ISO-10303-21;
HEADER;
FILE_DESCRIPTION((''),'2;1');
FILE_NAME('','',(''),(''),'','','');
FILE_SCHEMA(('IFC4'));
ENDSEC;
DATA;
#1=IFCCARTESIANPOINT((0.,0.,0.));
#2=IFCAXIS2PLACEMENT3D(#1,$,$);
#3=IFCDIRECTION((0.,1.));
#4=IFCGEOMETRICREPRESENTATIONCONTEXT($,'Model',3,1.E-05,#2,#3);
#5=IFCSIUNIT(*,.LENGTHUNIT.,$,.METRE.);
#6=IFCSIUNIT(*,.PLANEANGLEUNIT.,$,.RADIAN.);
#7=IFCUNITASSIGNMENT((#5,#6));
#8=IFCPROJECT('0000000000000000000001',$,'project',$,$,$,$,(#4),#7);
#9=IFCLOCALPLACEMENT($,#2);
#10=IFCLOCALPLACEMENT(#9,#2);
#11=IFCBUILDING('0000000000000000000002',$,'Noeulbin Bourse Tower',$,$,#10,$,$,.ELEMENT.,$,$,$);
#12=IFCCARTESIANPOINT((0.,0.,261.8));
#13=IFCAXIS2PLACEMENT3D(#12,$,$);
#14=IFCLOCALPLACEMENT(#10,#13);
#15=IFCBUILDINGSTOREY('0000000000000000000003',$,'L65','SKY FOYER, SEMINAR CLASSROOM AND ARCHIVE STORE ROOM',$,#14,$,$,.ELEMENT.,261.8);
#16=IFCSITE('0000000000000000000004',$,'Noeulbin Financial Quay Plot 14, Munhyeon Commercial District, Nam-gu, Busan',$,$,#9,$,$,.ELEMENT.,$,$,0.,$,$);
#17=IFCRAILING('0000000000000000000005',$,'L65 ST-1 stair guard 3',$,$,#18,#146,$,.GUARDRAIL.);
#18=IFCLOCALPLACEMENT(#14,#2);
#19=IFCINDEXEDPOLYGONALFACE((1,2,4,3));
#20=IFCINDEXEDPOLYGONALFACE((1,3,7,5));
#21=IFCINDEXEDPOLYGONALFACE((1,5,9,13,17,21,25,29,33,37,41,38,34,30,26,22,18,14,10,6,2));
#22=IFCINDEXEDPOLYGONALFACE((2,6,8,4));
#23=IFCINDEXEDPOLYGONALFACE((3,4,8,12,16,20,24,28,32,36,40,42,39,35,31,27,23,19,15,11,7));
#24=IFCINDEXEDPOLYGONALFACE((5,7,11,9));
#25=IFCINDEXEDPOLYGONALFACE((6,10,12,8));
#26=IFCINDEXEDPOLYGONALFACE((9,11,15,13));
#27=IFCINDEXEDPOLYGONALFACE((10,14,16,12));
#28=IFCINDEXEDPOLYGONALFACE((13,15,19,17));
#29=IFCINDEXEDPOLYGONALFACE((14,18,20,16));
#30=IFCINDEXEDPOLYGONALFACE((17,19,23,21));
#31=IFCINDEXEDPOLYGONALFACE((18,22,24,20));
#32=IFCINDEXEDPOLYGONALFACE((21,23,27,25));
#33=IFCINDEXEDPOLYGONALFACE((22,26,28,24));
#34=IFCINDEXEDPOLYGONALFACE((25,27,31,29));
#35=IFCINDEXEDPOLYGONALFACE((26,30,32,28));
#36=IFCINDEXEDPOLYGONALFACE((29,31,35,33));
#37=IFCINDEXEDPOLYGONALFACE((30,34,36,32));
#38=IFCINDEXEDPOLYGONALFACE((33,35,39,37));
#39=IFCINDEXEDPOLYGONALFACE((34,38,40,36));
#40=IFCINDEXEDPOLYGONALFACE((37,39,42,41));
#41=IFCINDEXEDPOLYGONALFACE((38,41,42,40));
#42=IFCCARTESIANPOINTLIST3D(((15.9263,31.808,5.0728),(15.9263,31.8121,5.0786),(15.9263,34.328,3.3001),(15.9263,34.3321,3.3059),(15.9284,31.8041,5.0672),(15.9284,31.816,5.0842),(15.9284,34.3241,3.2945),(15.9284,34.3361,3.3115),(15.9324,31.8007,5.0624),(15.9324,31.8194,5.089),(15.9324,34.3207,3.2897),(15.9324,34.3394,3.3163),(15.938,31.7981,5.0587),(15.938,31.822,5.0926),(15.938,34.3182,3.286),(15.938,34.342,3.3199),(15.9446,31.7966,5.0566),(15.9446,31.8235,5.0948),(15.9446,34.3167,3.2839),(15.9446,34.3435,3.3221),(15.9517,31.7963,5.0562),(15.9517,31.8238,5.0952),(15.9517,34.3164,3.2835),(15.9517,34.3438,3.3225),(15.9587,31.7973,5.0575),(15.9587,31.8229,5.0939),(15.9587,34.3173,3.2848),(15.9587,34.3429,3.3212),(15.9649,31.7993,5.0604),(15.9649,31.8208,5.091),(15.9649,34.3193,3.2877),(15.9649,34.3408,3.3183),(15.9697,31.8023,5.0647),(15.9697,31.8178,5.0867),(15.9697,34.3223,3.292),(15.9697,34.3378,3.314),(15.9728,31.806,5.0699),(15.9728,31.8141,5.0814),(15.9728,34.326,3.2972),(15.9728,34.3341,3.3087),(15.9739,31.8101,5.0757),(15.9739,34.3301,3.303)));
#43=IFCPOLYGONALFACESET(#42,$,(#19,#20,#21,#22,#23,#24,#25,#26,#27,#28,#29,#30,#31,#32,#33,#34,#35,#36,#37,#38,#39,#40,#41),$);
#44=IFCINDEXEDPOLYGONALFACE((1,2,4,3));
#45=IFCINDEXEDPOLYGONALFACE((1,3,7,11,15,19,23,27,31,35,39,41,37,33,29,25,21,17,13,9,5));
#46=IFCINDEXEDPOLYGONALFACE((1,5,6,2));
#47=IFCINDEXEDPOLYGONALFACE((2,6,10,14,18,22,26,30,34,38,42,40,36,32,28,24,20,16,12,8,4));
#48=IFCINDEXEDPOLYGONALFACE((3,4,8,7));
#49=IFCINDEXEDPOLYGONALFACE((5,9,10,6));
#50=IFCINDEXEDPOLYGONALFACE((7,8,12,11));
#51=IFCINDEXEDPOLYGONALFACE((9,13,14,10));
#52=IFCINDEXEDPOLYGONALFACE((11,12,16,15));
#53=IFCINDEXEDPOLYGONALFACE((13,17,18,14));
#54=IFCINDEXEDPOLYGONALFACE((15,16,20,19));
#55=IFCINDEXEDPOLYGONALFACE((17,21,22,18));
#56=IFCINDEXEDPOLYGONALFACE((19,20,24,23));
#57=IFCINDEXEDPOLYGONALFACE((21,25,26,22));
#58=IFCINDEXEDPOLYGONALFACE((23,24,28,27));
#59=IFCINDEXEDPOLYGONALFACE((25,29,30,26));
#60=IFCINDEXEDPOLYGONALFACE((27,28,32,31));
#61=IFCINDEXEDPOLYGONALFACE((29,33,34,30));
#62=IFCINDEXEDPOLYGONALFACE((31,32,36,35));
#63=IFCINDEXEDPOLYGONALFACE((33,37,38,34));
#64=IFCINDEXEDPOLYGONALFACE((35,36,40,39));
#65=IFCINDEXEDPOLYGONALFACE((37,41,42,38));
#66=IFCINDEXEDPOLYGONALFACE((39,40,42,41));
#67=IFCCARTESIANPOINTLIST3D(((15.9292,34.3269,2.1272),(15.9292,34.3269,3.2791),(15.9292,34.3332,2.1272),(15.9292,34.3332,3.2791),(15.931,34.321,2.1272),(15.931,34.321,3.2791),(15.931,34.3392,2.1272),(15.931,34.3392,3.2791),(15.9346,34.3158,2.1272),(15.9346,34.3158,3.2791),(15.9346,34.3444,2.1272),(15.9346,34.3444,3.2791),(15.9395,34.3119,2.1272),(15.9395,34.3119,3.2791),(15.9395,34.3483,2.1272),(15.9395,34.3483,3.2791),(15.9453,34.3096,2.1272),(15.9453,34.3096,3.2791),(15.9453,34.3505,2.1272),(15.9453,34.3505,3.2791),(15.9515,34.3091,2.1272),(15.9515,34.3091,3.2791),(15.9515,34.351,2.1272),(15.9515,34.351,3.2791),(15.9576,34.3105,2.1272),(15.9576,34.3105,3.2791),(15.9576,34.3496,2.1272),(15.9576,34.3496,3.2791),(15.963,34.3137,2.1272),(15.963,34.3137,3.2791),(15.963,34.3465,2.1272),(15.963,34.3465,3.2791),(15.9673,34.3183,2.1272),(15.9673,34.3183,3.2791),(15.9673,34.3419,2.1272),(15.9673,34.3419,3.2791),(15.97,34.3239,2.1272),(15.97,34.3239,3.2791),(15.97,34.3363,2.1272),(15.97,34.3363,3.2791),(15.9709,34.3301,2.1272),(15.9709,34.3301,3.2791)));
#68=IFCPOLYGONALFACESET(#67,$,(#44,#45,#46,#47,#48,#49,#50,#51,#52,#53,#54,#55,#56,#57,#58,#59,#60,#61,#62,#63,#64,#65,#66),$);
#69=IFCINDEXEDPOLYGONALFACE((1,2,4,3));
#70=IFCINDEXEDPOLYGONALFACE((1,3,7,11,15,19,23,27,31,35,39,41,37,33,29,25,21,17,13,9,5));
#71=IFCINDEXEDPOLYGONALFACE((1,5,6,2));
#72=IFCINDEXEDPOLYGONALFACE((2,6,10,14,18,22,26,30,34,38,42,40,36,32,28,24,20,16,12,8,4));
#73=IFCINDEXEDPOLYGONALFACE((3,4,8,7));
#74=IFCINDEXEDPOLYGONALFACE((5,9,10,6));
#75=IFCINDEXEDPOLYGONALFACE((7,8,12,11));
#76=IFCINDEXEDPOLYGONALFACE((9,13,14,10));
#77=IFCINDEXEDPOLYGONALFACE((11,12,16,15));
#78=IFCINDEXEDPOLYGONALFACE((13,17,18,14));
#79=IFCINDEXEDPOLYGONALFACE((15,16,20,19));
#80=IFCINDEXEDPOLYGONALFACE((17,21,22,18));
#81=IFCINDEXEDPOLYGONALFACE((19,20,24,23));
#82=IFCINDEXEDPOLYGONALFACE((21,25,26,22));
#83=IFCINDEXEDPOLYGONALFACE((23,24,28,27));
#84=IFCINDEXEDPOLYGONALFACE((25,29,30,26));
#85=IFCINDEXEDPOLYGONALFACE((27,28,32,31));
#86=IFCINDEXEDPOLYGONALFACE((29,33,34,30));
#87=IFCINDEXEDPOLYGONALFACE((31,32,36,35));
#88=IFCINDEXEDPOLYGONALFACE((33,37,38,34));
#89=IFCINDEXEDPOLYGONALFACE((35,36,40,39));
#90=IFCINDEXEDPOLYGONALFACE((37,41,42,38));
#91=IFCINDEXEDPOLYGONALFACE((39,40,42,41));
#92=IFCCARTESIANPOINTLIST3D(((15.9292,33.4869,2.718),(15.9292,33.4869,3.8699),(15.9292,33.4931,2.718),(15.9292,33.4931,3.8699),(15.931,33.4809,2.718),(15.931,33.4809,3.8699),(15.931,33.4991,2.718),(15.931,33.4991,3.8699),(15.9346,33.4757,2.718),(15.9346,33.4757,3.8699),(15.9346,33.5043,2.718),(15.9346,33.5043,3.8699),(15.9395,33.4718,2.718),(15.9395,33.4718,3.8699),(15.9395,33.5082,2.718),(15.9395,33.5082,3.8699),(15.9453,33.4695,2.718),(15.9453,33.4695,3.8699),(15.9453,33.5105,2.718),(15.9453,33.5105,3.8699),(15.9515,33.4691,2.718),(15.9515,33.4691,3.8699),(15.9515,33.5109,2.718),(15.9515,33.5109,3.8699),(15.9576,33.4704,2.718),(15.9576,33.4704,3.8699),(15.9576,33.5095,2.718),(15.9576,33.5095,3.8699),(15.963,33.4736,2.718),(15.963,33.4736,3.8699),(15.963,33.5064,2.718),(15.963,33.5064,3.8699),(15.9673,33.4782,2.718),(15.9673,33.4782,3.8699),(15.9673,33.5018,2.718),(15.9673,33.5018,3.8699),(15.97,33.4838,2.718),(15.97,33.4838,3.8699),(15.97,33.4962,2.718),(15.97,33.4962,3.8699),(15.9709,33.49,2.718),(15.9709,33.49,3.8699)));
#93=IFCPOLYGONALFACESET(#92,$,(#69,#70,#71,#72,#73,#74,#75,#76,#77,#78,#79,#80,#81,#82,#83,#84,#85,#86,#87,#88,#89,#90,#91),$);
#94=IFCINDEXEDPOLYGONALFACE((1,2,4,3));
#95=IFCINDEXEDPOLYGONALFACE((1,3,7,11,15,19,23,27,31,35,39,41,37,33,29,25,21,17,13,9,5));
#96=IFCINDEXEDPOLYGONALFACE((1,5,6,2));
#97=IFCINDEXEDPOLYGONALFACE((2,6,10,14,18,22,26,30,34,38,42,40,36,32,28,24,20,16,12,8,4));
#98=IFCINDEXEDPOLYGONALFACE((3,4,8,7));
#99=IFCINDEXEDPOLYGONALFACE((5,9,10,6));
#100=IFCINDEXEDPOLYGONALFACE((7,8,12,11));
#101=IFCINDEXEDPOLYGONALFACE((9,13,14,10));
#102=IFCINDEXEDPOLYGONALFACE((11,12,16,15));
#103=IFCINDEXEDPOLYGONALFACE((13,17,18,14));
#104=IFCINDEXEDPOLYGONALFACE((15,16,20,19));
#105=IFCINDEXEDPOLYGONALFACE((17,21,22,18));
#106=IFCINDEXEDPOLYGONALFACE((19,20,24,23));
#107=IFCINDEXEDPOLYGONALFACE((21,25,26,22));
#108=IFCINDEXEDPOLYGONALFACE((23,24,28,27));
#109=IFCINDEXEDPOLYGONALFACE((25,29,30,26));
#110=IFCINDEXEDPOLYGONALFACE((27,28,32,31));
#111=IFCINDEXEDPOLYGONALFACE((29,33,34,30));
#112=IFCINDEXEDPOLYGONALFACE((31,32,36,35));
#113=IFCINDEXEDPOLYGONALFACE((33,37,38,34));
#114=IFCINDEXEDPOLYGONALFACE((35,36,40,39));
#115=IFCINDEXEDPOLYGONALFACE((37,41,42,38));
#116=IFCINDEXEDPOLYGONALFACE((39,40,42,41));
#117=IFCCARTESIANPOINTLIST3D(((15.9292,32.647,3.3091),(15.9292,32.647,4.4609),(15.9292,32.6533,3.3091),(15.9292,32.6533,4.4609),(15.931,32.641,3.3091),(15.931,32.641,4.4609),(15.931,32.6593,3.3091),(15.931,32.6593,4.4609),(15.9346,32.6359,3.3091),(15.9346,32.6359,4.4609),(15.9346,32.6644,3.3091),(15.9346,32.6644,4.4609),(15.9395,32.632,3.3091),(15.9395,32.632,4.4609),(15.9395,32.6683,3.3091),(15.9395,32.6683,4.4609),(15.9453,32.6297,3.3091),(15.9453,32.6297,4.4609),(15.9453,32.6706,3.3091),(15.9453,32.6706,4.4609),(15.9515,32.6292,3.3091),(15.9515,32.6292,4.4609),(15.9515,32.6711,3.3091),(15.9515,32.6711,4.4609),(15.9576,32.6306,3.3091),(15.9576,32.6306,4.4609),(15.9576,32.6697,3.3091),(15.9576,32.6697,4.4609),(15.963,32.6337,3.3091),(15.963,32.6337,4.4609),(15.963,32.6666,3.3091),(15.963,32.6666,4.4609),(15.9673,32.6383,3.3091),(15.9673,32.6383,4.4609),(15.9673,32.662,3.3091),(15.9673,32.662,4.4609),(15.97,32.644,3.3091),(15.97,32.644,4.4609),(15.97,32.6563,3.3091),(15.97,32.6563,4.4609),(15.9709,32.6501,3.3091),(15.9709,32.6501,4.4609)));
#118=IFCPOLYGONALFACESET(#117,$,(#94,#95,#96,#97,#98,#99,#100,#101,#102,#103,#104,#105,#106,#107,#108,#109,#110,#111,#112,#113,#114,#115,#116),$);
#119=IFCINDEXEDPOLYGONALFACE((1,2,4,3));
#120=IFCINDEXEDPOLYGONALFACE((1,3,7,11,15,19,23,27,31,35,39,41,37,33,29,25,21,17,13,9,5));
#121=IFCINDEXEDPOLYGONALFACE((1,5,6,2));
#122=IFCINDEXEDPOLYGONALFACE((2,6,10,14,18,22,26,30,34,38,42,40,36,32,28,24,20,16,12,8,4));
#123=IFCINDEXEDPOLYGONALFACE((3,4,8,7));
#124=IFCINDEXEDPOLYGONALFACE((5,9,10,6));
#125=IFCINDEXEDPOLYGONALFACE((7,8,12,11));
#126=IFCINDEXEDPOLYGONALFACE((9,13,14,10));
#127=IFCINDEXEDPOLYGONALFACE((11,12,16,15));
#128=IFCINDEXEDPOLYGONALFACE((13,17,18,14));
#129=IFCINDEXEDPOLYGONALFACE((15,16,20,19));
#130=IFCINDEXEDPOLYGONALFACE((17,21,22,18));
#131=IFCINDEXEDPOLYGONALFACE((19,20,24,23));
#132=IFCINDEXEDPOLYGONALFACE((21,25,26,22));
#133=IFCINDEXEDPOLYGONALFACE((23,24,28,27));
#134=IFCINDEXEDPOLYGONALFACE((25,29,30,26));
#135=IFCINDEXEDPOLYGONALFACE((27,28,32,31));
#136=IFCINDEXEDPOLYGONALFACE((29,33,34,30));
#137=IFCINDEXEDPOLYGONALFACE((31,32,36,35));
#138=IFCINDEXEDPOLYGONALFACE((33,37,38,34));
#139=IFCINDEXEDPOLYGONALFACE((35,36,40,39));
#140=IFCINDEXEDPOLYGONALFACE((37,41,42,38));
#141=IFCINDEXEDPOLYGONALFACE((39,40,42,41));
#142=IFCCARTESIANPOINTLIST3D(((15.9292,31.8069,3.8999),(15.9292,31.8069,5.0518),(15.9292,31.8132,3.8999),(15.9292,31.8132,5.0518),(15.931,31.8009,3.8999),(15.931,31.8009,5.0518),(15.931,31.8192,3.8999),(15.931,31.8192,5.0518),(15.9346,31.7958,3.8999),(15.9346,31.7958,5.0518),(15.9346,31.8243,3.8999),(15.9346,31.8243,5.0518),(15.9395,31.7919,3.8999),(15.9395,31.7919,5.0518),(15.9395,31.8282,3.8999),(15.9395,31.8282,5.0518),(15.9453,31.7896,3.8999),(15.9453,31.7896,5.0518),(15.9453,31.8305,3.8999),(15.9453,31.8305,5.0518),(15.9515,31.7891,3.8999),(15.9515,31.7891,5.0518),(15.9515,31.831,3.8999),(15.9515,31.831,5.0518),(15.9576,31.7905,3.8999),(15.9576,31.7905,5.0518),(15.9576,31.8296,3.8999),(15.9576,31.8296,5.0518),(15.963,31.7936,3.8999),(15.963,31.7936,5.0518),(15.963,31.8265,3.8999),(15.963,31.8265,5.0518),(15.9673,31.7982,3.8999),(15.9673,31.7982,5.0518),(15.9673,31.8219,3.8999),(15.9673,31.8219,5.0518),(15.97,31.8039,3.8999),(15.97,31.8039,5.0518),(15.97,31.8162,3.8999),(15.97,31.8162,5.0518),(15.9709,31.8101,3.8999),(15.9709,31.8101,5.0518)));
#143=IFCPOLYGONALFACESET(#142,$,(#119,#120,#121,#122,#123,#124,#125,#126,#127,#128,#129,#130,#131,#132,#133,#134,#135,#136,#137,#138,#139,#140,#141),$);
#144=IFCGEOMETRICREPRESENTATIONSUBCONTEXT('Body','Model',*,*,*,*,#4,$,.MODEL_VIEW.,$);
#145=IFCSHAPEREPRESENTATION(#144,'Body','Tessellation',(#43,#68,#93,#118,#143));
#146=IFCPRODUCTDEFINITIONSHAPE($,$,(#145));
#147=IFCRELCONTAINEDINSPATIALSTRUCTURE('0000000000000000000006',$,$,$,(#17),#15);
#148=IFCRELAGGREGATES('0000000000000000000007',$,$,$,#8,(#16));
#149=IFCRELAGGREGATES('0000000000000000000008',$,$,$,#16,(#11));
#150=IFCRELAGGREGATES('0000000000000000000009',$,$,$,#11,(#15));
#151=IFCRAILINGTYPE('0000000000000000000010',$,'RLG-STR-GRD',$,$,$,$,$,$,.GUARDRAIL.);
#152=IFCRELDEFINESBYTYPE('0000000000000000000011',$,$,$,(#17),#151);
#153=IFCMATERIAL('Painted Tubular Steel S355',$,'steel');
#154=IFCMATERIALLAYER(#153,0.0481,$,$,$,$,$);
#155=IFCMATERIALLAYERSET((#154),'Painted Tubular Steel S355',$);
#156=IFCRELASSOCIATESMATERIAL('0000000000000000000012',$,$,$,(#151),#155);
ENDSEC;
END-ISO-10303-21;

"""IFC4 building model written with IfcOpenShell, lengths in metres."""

from ifc_helpers import new_model, si_unit, direction, frame, origin, origin_2d, place, context, subcontext, project, spatial, circle, extrude, material, layer, layer_set, type_object, element, save


model = new_model("IFC4")

# Units and contexts
model_context = context("Model", 3, precision=1e-05, world=origin(), true_north=direction((0.0, 1.0)))
body_context = subcontext(model_context, "Body", "Model", "MODEL_VIEW")
ifc_project = project(units=[si_unit("LENGTHUNIT", "METRE"), si_unit("PLANEANGLEUNIT", "RADIAN")], contexts=[model_context])

# Site, building, storey
site_placement = place(None, origin())
site = spatial("IfcSite", under=ifc_project, at=site_placement, Name="Noeulbin Financial Quay Plot 14, Munhyeon Commercial District, Nam-gu, Busan", CompositionType="ELEMENT", RefElevation=0.0)
building_placement = place(site_placement, origin())
building = spatial("IfcBuilding", under=site, at=building_placement, Name="Noeulbin Bourse Tower", CompositionType="ELEMENT")
storey_placement = place(building_placement, frame((0.0, 0.0, 261.8)))
storey = spatial("IfcBuildingStorey", under=building, at=storey_placement, Name="L65", Description="SKY FOYER, SEMINAR CLASSROOM AND ARCHIVE STORE ROOM", CompositionType="ELEMENT", Elevation=261.8)

# Railing
ifc_material_1 = material(Name="Painted Tubular Steel S355", Category="steel")
ifc_layer_1 = layer(ifc_material_1, 0.0481)
ifc_layer_set_1 = layer_set([ifc_layer_1], Name="Painted Tubular Steel S355")
railing_type_1 = type_object("IfcRailingType", Name="RLG-STR-GRD", PredefinedType="GUARDRAIL", material=ifc_layer_set_1)
railing_1_placement = place(storey_placement, frame((15.95, 34.3301, 2.1272)))
element("IfcRailing", 1, at=railing_1_placement, inside=storey, type_object=railing_type_1, Name="L65 ST-1 stair guard 3", PredefinedType="GUARDRAIL", context=body_context, shape_type="SweptSolid", body=[
    extrude(circle(Radius=0.0239, at=origin_2d()), frame((0.0, 0.0, 1.1758), z_axis=(0.0, -0.817904, 0.575354), x_axis=(1.0, 0.0, 0.0)), (0.0, 0.0, 1.0), 3.0811),
    extrude(circle(Radius=0.021, at=origin_2d()), origin(), (0.0, 0.0, 1.0), 1.1519),
    extrude(circle(Radius=0.021, at=origin_2d()), frame((0.0, -0.8401, 0.5908)), (0.0, 0.0, 1.0), 1.1519),
    extrude(circle(Radius=0.021, at=origin_2d()), frame((0.0, -1.6799, 1.1819)), (0.0, 0.0, 1.0), 1.1519),
    extrude(circle(Radius=0.021, at=origin_2d()), frame((0.0, -2.52, 1.7727)), (0.0, 0.0, 1.0), 1.1519),
])

save(model, "model.ifc")
